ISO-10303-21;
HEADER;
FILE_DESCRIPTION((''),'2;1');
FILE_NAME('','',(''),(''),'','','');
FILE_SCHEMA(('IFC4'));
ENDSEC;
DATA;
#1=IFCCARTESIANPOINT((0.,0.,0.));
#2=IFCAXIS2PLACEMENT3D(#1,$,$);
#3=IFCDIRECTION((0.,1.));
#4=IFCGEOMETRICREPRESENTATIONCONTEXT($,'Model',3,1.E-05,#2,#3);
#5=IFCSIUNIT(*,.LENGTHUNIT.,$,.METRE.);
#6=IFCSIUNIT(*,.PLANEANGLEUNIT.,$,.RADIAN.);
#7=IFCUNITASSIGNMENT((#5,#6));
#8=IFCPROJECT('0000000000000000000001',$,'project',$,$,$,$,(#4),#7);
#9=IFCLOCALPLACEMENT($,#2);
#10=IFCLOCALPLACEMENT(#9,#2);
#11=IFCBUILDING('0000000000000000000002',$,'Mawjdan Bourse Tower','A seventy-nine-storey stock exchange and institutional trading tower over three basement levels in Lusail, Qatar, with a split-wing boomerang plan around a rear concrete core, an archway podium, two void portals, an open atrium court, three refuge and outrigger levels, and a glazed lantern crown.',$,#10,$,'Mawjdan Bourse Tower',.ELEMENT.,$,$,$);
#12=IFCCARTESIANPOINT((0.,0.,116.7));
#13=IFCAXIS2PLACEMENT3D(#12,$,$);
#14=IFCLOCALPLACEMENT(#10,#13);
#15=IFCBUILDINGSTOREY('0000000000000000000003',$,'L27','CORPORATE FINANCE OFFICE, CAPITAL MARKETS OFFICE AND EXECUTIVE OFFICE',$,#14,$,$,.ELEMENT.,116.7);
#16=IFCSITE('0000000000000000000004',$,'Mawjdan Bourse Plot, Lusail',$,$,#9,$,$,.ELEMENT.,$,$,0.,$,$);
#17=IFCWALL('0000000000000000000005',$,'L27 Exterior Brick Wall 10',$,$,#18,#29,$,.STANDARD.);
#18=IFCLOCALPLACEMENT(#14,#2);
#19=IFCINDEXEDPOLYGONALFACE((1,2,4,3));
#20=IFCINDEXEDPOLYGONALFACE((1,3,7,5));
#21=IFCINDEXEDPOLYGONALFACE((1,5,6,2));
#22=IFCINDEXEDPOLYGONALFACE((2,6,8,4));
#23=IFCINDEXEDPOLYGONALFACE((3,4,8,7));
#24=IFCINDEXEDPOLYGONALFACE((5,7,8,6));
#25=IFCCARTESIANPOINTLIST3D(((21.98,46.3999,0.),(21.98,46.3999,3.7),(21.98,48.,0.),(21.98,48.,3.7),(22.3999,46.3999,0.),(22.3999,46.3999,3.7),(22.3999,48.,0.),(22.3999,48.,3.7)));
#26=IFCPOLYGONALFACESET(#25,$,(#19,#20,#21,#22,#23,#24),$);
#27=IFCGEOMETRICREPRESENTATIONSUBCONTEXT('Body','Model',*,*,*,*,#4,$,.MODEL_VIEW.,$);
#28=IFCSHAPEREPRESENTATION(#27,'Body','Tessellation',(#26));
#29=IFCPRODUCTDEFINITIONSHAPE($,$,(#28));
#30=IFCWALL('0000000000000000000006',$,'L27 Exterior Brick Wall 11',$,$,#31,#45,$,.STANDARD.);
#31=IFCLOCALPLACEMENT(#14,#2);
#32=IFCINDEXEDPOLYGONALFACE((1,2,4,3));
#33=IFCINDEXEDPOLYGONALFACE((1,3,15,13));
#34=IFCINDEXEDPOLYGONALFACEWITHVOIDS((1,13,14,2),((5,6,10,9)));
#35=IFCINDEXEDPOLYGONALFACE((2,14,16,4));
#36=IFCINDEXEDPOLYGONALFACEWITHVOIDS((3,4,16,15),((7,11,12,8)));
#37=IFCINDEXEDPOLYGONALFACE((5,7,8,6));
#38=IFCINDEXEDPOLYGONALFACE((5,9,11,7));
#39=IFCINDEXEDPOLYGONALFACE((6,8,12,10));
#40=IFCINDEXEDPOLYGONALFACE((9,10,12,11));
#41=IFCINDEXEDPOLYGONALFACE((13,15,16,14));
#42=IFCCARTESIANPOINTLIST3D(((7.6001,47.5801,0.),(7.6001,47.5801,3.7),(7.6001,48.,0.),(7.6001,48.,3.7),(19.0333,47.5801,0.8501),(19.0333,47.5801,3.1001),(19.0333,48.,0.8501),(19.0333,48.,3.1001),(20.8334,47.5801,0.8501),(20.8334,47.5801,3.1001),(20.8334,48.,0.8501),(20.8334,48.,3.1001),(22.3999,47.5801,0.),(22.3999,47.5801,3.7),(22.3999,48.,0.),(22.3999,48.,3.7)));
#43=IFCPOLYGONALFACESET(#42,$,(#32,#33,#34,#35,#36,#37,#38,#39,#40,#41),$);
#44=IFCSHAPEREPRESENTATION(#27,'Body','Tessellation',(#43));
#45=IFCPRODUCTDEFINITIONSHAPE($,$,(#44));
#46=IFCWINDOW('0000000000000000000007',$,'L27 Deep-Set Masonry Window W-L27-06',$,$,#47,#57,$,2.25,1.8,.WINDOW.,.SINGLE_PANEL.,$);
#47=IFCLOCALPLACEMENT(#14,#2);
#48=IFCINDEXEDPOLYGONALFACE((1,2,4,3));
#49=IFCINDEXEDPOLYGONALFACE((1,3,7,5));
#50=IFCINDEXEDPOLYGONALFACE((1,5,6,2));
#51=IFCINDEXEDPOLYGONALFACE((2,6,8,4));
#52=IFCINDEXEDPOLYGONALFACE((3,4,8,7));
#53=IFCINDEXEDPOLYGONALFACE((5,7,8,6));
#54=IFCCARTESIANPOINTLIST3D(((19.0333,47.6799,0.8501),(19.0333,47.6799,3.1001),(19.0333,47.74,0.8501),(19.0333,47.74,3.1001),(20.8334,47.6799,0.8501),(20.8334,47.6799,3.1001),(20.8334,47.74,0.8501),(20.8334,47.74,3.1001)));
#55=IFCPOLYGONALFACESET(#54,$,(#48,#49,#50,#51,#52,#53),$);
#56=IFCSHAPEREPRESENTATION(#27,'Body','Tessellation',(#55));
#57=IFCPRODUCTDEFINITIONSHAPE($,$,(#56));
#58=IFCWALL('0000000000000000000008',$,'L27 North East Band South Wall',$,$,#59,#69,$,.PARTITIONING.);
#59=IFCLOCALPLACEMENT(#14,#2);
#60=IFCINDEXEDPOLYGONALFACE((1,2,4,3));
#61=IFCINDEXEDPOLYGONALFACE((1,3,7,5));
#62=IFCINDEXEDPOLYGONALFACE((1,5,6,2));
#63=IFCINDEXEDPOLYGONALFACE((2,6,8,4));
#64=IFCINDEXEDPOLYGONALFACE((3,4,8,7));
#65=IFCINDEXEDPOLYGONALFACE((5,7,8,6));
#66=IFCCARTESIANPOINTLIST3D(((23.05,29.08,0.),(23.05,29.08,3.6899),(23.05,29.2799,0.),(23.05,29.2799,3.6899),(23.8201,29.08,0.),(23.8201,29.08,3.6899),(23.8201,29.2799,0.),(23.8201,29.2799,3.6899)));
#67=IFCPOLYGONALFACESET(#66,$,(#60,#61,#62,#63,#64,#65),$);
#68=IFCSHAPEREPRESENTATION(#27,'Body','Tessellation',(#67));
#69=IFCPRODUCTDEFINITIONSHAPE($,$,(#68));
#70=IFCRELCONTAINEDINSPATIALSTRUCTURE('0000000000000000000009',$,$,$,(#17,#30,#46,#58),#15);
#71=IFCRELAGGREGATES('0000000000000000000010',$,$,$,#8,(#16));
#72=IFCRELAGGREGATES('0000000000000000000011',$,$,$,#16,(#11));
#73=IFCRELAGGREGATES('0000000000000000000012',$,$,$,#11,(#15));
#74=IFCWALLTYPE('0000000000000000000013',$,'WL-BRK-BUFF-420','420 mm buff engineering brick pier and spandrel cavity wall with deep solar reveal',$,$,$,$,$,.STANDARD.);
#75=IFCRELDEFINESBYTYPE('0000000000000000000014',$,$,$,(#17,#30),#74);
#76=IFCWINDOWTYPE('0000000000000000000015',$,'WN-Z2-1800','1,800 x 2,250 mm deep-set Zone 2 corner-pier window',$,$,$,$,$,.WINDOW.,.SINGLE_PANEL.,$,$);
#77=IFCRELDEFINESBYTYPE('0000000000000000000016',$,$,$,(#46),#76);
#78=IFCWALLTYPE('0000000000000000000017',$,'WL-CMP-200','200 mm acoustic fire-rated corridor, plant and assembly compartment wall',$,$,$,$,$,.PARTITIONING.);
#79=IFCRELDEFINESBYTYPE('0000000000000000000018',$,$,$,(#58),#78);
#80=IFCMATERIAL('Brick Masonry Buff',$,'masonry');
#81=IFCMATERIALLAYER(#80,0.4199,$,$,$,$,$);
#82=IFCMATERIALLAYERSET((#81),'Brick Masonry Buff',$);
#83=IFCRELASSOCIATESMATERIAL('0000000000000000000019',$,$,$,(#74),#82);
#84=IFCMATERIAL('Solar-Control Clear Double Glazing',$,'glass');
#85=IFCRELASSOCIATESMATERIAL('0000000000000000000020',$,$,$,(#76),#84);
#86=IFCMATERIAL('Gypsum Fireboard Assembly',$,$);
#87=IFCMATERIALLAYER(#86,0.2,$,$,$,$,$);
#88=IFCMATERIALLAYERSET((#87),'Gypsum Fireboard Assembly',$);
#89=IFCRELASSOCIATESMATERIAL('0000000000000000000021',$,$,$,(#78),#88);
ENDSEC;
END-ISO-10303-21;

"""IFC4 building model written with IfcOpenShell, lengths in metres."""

from ifc_helpers import new_model, si_unit, direction, frame, frame_2d, origin, place, context, subcontext, project, spatial, rectangle, extrude, material, layer, layer_set, type_object, element, fill, save


model = new_model("IFC4")

# Units and contexts
model_context = context("Model", 3, precision=1e-05, world=origin(), true_north=direction((0.0, 1.0)))
body_context = subcontext(model_context, "Body", "Model", "MODEL_VIEW")
ifc_project = project(units=[si_unit("LENGTHUNIT", "METRE"), si_unit("PLANEANGLEUNIT", "RADIAN")], contexts=[model_context])

# Site, building, storey
site_placement = place(None, origin())
site = spatial("IfcSite", under=ifc_project, at=site_placement, Name="Mawjdan Bourse Plot, Lusail", CompositionType="ELEMENT", RefElevation=0.0)
building_placement = place(site_placement, origin())
building = spatial("IfcBuilding", under=site, at=building_placement, Name="Mawjdan Bourse Tower", Description="A seventy-nine-storey stock exchange and institutional trading tower over three basement levels in Lusail, Qatar, with a split-wing boomerang plan around a rear concrete core, an archway podium, two void portals, an open atrium court, three refuge and outrigger levels, and a glazed lantern crown.", LongName="Mawjdan Bourse Tower", CompositionType="ELEMENT")
storey_placement = place(building_placement, frame((0.0, 0.0, 116.7)))
storey = spatial("IfcBuildingStorey", under=building, at=storey_placement, Name="L27", Description="CORPORATE FINANCE OFFICE, CAPITAL MARKETS OFFICE AND EXECUTIVE OFFICE", CompositionType="ELEMENT", Elevation=116.7)

# Wall
ifc_material_1 = material(Name="Brick Masonry Buff", Category="masonry")
ifc_layer_1 = layer(ifc_material_1, 0.4199)
ifc_layer_set_1 = layer_set([ifc_layer_1], Name="Brick Masonry Buff")
wall_type_1 = type_object("IfcWallType", Name="WL-BRK-BUFF-420", Description="420 mm buff engineering brick pier and spandrel cavity wall with deep solar reveal", PredefinedType="STANDARD", material=ifc_layer_set_1)
for number, where, z_axis, x_axis, name in (
    (1, (22.1899, 46.3999, 0.0), (0.0, 0.0, 1.0), (0.0, 1.0, 0.0), "L27 Exterior Brick Wall 10"),
):
    element("IfcWall", number, at=place(storey_placement, frame(where, z_axis=z_axis, x_axis=x_axis)), inside=storey, type_object=wall_type_1, Name=name, PredefinedType="STANDARD", context=body_context, shape_type="SweptSolid", body=[
        extrude(rectangle(XDim=1.6001, YDim=0.4199, at=frame_2d((0.8, 0.0))), origin(), (0.0, 0.0, 1.0), 3.7),
    ])

# Wall, opening, window
wall_1_placement = place(storey_placement, frame((22.3999, 47.79, 0.0), z_axis=(0.0, 0.0, 1.0), x_axis=(-1.0, 0.0, 0.0)))
wall_1 = element("IfcWall", 2, at=wall_1_placement, inside=storey, type_object=wall_type_1, Name="L27 Exterior Brick Wall 11", PredefinedType="STANDARD", context=body_context, shape_type="SweptSolid", body=[
    extrude(rectangle(XDim=14.7998, YDim=0.4199, at=frame_2d((7.3999, 0.0))), origin(), (0.0, 0.0, 1.0), 3.7),
])
opening_placement = place(wall_1_placement, frame((1.5667, 0.0, 0.8501)))
opening = element("IfcOpeningElement", 3, at=opening_placement, cuts=wall_1, PredefinedType="OPENING", context=body_context, shape_type="SweptSolid", body=[
    extrude(rectangle(XDim=1.8, YDim=2.25, at=frame_2d((0.8999, 1.125))), frame((0.0, 0.22, 0.0), z_axis=(0.0, -1.0, 0.0), x_axis=(1.0, 0.0, 0.0)), (0.0, 0.0, 1.0), 0.4399),
])
ifc_material_2 = material(Name="Solar-Control Clear Double Glazing", Category="glass")
window_type = type_object("IfcWindowType", Name="WN-Z2-1800", Description="1,800 x 2,250 mm deep-set Zone 2 corner-pier window", PartitioningType="SINGLE_PANEL", PredefinedType="WINDOW", material=ifc_material_2)
window_placement = place(opening_placement, origin())
window = element("IfcWindow", 4, at=window_placement, inside=storey, type_object=window_type, Name="L27 Deep-Set Masonry Window W-L27-06", OverallHeight=2.25, OverallWidth=1.8, PartitioningType="SINGLE_PANEL", PredefinedType="WINDOW", context=body_context, shape_type="SweptSolid", body=[
    extrude(rectangle(XDim=1.8, YDim=2.25, at=frame_2d((0.8999, 1.125))), frame((0.0, 0.1101, 0.0), z_axis=(0.0, -1.0, 0.0), x_axis=(1.0, 0.0, 0.0)), (0.0, 0.0, 1.0), 0.0601),
])
fill(opening, window)

# Wall
ifc_material_3 = material(Name="Gypsum Fireboard Assembly")
ifc_layer_2 = layer(ifc_material_3, 0.2)
ifc_layer_set_2 = layer_set([ifc_layer_2], Name="Gypsum Fireboard Assembly")
wall_type_2 = type_object("IfcWallType", Name="WL-CMP-200", Description="200 mm acoustic fire-rated corridor, plant and assembly compartment wall", PredefinedType="PARTITIONING", material=ifc_layer_set_2)
wall_2_placement = place(storey_placement, frame((23.05, 29.1799, 0.0), z_axis=(0.0, 0.0, 1.0), x_axis=(1.0, 0.0, 0.0)))
element("IfcWall", 5, at=wall_2_placement, inside=storey, type_object=wall_type_2, Name="L27 North East Band South Wall", PredefinedType="PARTITIONING", context=body_context, shape_type="SweptSolid", body=[
    extrude(rectangle(XDim=0.77, YDim=0.2, at=frame_2d((0.385, 0.0))), origin(), (0.0, 0.0, 1.0), 3.6899),
])

save(model, "model.ifc")
